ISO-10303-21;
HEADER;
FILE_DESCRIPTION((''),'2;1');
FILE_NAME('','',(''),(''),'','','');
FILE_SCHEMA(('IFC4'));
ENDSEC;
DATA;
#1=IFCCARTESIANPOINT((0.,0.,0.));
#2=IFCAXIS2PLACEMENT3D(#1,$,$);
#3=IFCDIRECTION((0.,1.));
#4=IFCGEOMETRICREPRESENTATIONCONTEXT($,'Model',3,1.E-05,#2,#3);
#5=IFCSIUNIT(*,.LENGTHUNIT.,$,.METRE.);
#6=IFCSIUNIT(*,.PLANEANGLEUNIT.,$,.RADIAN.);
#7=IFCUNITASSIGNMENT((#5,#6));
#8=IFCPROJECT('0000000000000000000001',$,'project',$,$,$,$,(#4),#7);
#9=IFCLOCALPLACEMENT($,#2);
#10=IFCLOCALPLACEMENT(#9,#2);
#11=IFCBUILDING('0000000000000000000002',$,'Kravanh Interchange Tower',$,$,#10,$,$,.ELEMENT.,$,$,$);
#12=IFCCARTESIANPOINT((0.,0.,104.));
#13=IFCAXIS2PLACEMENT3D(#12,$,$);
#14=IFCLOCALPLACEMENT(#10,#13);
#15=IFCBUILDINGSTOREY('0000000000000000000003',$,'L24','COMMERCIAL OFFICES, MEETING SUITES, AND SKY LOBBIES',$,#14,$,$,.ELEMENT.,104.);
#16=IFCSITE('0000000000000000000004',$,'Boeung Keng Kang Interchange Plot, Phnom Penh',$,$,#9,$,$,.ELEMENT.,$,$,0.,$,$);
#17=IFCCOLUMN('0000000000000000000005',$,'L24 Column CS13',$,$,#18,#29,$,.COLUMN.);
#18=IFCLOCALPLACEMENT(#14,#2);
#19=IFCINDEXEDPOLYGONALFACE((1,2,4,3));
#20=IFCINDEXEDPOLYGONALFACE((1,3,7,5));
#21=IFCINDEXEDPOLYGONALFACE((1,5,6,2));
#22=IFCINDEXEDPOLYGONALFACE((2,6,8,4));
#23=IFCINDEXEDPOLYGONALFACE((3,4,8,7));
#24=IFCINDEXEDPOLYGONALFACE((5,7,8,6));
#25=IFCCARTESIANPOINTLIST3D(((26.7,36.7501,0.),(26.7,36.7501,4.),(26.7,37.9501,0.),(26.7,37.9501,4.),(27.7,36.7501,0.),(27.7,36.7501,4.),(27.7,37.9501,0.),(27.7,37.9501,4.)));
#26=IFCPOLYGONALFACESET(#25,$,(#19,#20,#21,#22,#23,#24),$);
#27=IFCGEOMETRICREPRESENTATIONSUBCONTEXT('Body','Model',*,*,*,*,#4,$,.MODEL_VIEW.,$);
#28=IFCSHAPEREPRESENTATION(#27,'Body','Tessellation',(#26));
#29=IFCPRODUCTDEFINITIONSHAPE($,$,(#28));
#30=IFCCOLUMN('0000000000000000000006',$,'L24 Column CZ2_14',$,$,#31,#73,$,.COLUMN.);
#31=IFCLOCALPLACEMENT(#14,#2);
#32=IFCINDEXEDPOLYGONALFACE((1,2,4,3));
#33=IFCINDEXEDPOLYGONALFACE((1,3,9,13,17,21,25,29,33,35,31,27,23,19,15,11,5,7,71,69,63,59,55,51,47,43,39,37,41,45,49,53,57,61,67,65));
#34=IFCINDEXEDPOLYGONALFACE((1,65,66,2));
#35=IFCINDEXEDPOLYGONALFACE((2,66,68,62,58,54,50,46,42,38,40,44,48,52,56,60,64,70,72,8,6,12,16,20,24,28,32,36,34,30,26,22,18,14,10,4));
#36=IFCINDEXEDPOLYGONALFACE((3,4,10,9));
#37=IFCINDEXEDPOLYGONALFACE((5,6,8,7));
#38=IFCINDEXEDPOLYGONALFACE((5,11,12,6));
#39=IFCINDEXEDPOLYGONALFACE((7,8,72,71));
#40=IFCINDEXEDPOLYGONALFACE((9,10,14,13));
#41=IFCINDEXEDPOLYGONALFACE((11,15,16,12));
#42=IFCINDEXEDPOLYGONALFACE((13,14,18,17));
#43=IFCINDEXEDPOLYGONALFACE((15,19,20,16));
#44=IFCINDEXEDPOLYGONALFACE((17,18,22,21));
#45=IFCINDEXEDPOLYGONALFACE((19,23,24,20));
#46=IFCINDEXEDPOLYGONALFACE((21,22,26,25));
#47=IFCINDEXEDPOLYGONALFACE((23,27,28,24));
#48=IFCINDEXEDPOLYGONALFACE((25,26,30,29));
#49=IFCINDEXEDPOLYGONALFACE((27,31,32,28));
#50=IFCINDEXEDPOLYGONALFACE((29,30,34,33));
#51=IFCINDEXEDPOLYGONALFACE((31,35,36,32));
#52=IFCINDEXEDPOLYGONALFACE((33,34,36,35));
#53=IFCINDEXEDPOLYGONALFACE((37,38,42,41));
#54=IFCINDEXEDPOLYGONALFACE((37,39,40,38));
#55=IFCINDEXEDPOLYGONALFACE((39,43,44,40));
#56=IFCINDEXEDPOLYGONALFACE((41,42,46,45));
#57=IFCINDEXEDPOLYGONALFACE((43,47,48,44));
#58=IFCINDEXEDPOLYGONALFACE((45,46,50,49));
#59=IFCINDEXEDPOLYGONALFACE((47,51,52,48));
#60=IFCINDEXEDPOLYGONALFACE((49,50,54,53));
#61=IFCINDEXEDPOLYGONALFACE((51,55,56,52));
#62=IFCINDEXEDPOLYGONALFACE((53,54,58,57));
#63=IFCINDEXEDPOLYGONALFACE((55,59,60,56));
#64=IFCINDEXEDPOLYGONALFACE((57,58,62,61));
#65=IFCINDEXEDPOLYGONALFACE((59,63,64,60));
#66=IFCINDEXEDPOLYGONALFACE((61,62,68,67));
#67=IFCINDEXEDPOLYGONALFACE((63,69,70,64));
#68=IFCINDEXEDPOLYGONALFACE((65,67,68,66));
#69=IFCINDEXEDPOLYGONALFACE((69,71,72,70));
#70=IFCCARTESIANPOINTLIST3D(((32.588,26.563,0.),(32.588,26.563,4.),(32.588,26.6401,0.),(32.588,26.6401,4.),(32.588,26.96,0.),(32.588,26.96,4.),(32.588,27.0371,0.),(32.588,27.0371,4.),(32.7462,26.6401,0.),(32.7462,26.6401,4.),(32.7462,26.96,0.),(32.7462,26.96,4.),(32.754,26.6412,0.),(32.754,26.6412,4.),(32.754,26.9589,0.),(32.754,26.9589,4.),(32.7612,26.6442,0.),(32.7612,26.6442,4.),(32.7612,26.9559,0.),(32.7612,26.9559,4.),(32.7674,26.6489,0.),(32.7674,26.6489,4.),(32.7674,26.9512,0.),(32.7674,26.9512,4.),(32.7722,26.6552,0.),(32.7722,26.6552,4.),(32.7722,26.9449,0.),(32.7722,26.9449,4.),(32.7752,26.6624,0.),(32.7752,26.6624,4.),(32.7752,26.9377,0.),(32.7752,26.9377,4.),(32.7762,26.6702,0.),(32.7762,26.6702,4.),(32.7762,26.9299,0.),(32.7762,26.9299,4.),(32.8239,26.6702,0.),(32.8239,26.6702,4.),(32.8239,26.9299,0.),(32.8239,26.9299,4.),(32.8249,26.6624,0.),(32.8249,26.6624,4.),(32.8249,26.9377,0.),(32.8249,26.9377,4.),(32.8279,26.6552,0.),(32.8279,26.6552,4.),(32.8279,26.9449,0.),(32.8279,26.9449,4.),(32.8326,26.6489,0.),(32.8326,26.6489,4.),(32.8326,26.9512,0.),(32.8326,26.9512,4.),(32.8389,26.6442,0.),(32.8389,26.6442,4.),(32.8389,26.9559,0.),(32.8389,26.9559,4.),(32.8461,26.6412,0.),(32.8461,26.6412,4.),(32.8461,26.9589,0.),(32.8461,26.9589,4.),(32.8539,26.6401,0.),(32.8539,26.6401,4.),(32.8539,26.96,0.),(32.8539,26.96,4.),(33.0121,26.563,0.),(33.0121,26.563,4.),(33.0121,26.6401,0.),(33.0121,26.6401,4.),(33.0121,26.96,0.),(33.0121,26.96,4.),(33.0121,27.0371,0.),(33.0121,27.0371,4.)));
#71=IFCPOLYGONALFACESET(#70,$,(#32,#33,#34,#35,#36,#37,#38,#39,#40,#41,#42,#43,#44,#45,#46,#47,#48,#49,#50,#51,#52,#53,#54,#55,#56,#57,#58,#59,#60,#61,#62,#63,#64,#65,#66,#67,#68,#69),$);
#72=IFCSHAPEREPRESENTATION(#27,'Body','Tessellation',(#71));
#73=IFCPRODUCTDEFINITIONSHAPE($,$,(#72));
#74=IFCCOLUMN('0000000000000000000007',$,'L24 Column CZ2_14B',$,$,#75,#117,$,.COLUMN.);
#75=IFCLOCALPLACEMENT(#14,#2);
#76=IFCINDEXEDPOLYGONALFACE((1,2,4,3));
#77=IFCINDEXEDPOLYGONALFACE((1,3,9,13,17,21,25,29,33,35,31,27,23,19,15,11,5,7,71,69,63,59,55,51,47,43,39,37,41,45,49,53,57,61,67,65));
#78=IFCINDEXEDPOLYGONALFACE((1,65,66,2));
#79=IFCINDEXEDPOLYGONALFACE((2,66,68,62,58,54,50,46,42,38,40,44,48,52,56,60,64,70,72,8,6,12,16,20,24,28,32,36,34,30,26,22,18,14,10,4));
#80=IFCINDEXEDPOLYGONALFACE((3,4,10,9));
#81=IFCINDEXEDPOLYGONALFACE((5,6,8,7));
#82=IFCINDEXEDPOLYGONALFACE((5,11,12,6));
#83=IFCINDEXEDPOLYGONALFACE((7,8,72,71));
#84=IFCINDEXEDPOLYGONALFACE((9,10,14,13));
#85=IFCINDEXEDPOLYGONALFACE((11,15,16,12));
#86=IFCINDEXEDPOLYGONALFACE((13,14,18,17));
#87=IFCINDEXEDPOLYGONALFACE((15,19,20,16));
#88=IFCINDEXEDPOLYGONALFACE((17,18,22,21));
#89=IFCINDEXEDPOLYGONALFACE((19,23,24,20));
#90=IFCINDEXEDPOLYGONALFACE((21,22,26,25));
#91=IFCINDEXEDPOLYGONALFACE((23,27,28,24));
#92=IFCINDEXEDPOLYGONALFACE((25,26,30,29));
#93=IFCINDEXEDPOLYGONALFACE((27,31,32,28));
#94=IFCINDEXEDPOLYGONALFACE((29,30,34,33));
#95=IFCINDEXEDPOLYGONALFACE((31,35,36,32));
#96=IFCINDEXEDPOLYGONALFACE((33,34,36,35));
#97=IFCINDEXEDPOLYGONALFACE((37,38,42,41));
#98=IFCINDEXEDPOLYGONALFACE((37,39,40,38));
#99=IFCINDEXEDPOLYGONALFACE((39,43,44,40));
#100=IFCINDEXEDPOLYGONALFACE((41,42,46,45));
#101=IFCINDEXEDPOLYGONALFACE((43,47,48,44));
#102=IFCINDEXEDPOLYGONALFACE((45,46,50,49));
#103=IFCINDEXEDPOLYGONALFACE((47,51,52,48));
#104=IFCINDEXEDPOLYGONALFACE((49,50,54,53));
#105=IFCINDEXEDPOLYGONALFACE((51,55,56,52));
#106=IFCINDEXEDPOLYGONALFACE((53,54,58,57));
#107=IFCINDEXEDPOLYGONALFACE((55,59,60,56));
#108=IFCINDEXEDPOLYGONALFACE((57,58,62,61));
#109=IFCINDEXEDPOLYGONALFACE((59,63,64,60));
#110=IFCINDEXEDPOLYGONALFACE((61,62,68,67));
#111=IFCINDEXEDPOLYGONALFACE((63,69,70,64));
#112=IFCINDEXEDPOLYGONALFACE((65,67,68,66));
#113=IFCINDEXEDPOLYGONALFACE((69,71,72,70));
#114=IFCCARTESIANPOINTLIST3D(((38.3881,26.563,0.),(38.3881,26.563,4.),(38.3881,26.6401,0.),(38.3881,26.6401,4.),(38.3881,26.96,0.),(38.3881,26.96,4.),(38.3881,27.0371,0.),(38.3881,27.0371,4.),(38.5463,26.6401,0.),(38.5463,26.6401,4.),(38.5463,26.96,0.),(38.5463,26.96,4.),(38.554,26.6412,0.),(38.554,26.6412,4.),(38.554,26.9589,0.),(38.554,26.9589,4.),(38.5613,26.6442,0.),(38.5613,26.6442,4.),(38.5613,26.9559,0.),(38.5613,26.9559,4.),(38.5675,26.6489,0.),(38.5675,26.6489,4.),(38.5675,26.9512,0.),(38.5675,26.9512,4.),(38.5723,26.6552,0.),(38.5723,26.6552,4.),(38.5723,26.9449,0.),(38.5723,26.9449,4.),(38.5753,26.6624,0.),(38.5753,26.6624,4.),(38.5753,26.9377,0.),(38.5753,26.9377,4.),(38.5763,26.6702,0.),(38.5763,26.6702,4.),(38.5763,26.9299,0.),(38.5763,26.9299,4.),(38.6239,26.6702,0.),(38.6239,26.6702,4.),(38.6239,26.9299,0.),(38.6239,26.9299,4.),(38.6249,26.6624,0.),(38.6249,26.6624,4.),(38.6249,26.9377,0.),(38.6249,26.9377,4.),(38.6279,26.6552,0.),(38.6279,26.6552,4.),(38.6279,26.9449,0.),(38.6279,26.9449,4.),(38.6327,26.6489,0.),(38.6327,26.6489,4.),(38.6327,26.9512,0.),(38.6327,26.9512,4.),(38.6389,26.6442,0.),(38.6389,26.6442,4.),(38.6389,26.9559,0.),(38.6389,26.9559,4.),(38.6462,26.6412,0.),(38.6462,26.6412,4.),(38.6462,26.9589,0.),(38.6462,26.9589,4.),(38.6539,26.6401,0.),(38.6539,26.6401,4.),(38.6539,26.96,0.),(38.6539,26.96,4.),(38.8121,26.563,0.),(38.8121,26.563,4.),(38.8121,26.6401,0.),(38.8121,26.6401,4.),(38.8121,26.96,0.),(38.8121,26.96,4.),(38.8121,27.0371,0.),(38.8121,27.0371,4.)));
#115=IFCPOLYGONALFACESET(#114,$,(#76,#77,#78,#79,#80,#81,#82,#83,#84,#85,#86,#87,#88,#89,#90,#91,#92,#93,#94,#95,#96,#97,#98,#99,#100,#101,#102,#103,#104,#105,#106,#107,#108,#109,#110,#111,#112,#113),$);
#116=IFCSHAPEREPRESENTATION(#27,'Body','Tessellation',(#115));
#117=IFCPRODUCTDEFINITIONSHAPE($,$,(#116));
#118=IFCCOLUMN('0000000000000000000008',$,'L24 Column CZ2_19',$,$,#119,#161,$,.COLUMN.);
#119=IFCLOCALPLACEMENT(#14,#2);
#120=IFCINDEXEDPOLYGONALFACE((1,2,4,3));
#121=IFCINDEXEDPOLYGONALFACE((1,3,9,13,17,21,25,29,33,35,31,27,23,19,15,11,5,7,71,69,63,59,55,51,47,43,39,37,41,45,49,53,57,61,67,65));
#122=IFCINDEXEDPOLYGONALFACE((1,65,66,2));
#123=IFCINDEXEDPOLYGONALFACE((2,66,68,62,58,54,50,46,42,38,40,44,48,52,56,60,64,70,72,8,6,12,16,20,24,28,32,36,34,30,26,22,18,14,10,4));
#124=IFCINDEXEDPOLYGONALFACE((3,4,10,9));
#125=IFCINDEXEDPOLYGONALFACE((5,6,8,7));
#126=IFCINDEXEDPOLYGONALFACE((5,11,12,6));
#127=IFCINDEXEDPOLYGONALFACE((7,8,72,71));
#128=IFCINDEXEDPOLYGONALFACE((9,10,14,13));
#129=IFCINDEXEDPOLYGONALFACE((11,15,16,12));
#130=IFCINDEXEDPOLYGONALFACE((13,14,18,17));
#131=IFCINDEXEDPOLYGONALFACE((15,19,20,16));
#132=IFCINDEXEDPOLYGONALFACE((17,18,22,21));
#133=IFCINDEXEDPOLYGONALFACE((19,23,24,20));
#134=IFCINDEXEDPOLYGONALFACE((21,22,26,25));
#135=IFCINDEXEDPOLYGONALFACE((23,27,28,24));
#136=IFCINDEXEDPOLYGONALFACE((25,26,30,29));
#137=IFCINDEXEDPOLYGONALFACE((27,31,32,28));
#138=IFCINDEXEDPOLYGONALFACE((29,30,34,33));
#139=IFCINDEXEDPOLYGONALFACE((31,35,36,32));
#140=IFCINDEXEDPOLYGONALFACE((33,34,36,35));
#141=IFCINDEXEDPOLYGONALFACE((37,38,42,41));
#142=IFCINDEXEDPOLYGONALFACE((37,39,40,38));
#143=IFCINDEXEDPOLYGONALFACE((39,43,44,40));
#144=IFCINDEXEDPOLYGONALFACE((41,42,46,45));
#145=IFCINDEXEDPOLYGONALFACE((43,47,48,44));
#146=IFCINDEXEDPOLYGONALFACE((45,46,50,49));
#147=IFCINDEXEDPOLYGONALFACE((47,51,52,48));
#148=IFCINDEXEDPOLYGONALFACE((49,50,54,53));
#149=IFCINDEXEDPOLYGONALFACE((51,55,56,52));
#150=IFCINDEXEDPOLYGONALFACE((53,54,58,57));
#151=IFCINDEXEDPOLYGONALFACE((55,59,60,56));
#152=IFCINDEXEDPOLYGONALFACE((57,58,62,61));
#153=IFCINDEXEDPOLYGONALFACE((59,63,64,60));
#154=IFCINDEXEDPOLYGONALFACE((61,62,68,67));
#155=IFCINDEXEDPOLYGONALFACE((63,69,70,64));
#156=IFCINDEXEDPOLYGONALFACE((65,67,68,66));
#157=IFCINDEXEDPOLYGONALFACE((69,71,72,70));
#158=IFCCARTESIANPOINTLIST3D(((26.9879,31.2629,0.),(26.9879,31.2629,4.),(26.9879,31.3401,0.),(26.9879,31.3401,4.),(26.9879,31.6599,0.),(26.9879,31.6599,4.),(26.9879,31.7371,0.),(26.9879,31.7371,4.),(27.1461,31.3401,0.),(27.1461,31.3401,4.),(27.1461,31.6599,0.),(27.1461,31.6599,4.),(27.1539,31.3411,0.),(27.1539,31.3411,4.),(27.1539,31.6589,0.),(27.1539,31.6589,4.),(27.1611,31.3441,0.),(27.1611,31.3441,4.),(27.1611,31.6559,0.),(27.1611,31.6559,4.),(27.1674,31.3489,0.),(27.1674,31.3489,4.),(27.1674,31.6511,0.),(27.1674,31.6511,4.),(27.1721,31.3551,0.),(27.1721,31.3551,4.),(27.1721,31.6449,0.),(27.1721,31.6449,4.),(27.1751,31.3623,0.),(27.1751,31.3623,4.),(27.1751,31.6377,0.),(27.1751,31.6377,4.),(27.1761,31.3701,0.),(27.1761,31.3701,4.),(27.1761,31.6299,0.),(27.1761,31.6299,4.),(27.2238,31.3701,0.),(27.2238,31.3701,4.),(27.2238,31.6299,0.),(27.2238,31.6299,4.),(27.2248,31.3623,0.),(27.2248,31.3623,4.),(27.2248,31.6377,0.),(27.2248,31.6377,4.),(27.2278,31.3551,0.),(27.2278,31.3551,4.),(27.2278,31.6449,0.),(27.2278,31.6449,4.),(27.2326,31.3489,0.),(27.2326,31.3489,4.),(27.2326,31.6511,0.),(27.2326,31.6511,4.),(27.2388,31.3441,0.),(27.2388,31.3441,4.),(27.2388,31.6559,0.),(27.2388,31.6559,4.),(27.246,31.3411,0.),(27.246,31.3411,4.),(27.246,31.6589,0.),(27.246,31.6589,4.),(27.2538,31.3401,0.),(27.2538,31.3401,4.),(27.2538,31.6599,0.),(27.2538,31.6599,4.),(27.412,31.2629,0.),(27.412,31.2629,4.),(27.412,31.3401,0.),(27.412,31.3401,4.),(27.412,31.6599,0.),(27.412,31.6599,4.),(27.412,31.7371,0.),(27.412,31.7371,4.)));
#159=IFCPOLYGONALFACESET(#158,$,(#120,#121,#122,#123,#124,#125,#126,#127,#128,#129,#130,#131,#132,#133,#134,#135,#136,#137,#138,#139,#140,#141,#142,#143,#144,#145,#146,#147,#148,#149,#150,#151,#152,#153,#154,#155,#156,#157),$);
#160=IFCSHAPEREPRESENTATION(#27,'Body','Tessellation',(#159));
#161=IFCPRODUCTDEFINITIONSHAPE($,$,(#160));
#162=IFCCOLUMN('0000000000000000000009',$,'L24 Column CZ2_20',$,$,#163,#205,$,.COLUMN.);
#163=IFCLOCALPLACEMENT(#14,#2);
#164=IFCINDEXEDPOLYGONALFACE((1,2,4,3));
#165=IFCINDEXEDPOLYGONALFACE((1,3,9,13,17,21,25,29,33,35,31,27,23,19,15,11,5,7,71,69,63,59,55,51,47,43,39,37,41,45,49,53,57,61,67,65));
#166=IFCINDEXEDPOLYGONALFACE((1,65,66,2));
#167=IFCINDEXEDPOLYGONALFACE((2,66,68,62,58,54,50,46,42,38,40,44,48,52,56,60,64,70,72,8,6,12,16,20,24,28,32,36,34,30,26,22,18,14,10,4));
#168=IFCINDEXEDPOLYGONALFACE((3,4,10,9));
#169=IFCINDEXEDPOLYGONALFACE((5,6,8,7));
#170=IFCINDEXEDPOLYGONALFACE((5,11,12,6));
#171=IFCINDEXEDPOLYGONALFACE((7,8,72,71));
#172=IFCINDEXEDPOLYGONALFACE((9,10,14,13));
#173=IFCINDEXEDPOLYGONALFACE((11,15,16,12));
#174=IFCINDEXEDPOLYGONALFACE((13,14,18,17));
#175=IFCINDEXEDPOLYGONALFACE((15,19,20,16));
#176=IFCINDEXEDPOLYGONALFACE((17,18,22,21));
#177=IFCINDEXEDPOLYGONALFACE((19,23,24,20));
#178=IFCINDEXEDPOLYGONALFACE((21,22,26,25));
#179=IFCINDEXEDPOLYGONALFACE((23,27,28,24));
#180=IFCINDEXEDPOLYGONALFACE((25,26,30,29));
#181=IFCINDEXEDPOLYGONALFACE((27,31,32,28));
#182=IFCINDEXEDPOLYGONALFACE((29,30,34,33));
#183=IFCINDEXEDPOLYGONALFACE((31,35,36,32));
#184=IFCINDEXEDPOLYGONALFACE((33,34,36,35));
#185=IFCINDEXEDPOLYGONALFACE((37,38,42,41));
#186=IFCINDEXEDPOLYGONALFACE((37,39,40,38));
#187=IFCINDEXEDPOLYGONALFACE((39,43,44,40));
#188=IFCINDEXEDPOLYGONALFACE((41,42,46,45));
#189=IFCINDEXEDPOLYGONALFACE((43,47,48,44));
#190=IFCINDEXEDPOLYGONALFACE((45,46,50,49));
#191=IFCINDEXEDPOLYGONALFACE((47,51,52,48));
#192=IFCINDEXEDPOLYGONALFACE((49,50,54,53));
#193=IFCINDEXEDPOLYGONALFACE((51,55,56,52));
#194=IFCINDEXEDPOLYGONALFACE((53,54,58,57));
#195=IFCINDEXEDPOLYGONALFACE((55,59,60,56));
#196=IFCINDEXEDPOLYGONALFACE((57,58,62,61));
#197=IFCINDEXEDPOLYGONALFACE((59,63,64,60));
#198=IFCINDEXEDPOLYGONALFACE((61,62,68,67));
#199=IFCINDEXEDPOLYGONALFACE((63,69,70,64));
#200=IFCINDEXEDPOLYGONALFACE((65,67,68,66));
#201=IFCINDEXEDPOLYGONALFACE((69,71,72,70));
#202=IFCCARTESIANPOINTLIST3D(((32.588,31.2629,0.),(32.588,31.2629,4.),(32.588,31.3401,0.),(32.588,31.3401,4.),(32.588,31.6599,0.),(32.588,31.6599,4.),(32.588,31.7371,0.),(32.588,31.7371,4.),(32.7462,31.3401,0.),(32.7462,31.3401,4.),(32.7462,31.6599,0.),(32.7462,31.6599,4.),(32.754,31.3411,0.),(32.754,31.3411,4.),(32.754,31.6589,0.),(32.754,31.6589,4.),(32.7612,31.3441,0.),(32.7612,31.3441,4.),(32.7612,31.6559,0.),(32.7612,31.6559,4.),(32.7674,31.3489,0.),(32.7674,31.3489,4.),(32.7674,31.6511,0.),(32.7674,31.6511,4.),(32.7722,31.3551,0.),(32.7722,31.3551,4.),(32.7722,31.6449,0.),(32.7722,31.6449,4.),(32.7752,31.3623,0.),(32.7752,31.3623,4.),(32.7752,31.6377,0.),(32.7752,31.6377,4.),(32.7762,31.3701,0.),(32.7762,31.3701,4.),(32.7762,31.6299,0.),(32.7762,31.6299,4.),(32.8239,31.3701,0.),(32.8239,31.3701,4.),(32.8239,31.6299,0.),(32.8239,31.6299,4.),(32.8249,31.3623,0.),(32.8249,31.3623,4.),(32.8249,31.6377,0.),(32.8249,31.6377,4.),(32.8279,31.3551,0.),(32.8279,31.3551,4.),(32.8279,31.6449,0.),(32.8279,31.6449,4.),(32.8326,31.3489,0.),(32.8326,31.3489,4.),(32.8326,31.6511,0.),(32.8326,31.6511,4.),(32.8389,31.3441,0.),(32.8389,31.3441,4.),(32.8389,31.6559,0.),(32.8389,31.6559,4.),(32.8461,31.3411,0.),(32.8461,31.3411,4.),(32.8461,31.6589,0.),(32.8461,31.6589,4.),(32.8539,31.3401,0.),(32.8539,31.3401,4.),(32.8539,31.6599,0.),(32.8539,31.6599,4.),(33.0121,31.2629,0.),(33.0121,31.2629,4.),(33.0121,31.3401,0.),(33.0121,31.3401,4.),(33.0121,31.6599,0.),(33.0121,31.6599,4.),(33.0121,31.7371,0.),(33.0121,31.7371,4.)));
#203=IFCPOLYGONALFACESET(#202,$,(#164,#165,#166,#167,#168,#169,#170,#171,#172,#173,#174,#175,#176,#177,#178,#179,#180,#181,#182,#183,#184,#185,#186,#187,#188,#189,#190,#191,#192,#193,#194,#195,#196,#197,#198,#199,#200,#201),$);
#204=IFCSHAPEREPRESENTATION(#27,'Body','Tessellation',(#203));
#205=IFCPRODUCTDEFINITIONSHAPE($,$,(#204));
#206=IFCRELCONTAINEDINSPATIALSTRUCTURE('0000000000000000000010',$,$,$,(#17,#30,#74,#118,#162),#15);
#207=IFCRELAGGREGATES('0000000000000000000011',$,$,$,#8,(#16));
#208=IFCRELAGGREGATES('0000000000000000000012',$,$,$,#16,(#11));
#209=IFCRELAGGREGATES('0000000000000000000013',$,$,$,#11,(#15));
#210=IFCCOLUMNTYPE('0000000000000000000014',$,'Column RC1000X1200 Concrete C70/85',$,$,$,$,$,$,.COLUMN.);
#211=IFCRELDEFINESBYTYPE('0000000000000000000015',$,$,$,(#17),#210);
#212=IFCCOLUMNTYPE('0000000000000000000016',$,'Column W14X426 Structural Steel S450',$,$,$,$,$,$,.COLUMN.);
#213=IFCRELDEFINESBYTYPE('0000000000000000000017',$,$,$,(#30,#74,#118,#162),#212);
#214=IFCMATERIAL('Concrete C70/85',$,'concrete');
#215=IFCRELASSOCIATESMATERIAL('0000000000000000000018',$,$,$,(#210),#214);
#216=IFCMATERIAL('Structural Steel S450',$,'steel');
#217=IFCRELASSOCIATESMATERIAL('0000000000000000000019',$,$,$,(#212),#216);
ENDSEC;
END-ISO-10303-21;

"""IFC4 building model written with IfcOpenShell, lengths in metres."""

from ifc_helpers import new_model, si_unit, direction, frame, origin, origin_2d, place, context, subcontext, project, spatial, rectangle, i_section, extrude, material, material_profile, profile_set, type_object, element, save


model = new_model("IFC4")

# Units and contexts
model_context = context("Model", 3, precision=1e-05, world=origin(), true_north=direction((0.0, 1.0)))
body_context = subcontext(model_context, "Body", "Model", "MODEL_VIEW")
ifc_project = project(units=[si_unit("LENGTHUNIT", "METRE"), si_unit("PLANEANGLEUNIT", "RADIAN")], contexts=[model_context])

# Site, building, storey
site_placement = place(None, origin())
site = spatial("IfcSite", under=ifc_project, at=site_placement, Name="Boeung Keng Kang Interchange Plot, Phnom Penh", CompositionType="ELEMENT", RefElevation=0.0)
building_placement = place(site_placement, origin())
building = spatial("IfcBuilding", under=site, at=building_placement, Name="Kravanh Interchange Tower", CompositionType="ELEMENT")
storey_placement = place(building_placement, frame((0.0, 0.0, 104.0)))
storey = spatial("IfcBuildingStorey", under=building, at=storey_placement, Name="L24", Description="COMMERCIAL OFFICES, MEETING SUITES, AND SKY LOBBIES", CompositionType="ELEMENT", Elevation=104.0)

# Columns
ifc_material_1 = material(Name="Concrete C70/85", Category="concrete")
ifc_material_profile_1 = material_profile(ifc_material_1, rectangle(XDim=1.0, YDim=1.2, at=origin_2d()), Name="RC1000X1200")
ifc_profile_set_1 = profile_set([ifc_material_profile_1], Name="Concrete C70/85")
column_type_1 = type_object("IfcColumnType", Name="Column RC1000X1200 Concrete C70/85", PredefinedType="COLUMN", material=ifc_profile_set_1)
column_placement = place(storey_placement, frame((27.2, 37.3501, 0.0), z_axis=(0.0, 0.0, 1.0), x_axis=(1.0, 0.0, 0.0)))
element("IfcColumn", 1, at=column_placement, inside=storey, type_object=column_type_1, Name="L24 Column CS13", PredefinedType="COLUMN", context=body_context, shape_type="SweptSolid", body=[
    extrude(rectangle(XDim=1.0, YDim=1.2, at=origin_2d()), origin(), (0.0, 0.0, 1.0), 4.0),
])
ifc_material_2 = material(Name="Structural Steel S450", Category="steel")
ifc_material_profile_2 = material_profile(ifc_material_2, i_section(OverallWidth=0.4241, OverallDepth=0.4741, WebThickness=0.0476, FlangeThickness=0.0771, FilletRadius=0.03, at=origin_2d()), Name="W14X426")
ifc_profile_set_2 = profile_set([ifc_material_profile_2], Name="Structural Steel S450")
column_type_2 = type_object("IfcColumnType", Name="Column W14X426 Structural Steel S450", PredefinedType="COLUMN", material=ifc_profile_set_2)
for number, where, z_axis, x_axis, name in (
    (2, (32.8, 26.8, 0.0), (0.0, 0.0, 1.0), (1.0, 0.0, 0.0), "L24 Column CZ2_14"),
    (3, (38.6001, 26.8, 0.0), (0.0, 0.0, 1.0), (1.0, 0.0, 0.0), "L24 Column CZ2_14B"),
    (4, (27.2, 31.5, 0.0), (0.0, 0.0, 1.0), (1.0, 0.0, 0.0), "L24 Column CZ2_19"),
    (5, (32.8, 31.5, 0.0), (0.0, 0.0, 1.0), (1.0, 0.0, 0.0), "L24 Column CZ2_20"),
):
    element("IfcColumn", number, at=place(storey_placement, frame(where, z_axis=z_axis, x_axis=x_axis)), inside=storey, type_object=column_type_2, Name=name, PredefinedType="COLUMN", context=body_context, shape_type="SweptSolid", body=[
        extrude(i_section(OverallWidth=0.4241, OverallDepth=0.4741, WebThickness=0.0476, FlangeThickness=0.0771, FilletRadius=0.03, at=origin_2d()), origin(), (0.0, 0.0, 1.0), 4.0),
    ])

save(model, "model.ifc")
